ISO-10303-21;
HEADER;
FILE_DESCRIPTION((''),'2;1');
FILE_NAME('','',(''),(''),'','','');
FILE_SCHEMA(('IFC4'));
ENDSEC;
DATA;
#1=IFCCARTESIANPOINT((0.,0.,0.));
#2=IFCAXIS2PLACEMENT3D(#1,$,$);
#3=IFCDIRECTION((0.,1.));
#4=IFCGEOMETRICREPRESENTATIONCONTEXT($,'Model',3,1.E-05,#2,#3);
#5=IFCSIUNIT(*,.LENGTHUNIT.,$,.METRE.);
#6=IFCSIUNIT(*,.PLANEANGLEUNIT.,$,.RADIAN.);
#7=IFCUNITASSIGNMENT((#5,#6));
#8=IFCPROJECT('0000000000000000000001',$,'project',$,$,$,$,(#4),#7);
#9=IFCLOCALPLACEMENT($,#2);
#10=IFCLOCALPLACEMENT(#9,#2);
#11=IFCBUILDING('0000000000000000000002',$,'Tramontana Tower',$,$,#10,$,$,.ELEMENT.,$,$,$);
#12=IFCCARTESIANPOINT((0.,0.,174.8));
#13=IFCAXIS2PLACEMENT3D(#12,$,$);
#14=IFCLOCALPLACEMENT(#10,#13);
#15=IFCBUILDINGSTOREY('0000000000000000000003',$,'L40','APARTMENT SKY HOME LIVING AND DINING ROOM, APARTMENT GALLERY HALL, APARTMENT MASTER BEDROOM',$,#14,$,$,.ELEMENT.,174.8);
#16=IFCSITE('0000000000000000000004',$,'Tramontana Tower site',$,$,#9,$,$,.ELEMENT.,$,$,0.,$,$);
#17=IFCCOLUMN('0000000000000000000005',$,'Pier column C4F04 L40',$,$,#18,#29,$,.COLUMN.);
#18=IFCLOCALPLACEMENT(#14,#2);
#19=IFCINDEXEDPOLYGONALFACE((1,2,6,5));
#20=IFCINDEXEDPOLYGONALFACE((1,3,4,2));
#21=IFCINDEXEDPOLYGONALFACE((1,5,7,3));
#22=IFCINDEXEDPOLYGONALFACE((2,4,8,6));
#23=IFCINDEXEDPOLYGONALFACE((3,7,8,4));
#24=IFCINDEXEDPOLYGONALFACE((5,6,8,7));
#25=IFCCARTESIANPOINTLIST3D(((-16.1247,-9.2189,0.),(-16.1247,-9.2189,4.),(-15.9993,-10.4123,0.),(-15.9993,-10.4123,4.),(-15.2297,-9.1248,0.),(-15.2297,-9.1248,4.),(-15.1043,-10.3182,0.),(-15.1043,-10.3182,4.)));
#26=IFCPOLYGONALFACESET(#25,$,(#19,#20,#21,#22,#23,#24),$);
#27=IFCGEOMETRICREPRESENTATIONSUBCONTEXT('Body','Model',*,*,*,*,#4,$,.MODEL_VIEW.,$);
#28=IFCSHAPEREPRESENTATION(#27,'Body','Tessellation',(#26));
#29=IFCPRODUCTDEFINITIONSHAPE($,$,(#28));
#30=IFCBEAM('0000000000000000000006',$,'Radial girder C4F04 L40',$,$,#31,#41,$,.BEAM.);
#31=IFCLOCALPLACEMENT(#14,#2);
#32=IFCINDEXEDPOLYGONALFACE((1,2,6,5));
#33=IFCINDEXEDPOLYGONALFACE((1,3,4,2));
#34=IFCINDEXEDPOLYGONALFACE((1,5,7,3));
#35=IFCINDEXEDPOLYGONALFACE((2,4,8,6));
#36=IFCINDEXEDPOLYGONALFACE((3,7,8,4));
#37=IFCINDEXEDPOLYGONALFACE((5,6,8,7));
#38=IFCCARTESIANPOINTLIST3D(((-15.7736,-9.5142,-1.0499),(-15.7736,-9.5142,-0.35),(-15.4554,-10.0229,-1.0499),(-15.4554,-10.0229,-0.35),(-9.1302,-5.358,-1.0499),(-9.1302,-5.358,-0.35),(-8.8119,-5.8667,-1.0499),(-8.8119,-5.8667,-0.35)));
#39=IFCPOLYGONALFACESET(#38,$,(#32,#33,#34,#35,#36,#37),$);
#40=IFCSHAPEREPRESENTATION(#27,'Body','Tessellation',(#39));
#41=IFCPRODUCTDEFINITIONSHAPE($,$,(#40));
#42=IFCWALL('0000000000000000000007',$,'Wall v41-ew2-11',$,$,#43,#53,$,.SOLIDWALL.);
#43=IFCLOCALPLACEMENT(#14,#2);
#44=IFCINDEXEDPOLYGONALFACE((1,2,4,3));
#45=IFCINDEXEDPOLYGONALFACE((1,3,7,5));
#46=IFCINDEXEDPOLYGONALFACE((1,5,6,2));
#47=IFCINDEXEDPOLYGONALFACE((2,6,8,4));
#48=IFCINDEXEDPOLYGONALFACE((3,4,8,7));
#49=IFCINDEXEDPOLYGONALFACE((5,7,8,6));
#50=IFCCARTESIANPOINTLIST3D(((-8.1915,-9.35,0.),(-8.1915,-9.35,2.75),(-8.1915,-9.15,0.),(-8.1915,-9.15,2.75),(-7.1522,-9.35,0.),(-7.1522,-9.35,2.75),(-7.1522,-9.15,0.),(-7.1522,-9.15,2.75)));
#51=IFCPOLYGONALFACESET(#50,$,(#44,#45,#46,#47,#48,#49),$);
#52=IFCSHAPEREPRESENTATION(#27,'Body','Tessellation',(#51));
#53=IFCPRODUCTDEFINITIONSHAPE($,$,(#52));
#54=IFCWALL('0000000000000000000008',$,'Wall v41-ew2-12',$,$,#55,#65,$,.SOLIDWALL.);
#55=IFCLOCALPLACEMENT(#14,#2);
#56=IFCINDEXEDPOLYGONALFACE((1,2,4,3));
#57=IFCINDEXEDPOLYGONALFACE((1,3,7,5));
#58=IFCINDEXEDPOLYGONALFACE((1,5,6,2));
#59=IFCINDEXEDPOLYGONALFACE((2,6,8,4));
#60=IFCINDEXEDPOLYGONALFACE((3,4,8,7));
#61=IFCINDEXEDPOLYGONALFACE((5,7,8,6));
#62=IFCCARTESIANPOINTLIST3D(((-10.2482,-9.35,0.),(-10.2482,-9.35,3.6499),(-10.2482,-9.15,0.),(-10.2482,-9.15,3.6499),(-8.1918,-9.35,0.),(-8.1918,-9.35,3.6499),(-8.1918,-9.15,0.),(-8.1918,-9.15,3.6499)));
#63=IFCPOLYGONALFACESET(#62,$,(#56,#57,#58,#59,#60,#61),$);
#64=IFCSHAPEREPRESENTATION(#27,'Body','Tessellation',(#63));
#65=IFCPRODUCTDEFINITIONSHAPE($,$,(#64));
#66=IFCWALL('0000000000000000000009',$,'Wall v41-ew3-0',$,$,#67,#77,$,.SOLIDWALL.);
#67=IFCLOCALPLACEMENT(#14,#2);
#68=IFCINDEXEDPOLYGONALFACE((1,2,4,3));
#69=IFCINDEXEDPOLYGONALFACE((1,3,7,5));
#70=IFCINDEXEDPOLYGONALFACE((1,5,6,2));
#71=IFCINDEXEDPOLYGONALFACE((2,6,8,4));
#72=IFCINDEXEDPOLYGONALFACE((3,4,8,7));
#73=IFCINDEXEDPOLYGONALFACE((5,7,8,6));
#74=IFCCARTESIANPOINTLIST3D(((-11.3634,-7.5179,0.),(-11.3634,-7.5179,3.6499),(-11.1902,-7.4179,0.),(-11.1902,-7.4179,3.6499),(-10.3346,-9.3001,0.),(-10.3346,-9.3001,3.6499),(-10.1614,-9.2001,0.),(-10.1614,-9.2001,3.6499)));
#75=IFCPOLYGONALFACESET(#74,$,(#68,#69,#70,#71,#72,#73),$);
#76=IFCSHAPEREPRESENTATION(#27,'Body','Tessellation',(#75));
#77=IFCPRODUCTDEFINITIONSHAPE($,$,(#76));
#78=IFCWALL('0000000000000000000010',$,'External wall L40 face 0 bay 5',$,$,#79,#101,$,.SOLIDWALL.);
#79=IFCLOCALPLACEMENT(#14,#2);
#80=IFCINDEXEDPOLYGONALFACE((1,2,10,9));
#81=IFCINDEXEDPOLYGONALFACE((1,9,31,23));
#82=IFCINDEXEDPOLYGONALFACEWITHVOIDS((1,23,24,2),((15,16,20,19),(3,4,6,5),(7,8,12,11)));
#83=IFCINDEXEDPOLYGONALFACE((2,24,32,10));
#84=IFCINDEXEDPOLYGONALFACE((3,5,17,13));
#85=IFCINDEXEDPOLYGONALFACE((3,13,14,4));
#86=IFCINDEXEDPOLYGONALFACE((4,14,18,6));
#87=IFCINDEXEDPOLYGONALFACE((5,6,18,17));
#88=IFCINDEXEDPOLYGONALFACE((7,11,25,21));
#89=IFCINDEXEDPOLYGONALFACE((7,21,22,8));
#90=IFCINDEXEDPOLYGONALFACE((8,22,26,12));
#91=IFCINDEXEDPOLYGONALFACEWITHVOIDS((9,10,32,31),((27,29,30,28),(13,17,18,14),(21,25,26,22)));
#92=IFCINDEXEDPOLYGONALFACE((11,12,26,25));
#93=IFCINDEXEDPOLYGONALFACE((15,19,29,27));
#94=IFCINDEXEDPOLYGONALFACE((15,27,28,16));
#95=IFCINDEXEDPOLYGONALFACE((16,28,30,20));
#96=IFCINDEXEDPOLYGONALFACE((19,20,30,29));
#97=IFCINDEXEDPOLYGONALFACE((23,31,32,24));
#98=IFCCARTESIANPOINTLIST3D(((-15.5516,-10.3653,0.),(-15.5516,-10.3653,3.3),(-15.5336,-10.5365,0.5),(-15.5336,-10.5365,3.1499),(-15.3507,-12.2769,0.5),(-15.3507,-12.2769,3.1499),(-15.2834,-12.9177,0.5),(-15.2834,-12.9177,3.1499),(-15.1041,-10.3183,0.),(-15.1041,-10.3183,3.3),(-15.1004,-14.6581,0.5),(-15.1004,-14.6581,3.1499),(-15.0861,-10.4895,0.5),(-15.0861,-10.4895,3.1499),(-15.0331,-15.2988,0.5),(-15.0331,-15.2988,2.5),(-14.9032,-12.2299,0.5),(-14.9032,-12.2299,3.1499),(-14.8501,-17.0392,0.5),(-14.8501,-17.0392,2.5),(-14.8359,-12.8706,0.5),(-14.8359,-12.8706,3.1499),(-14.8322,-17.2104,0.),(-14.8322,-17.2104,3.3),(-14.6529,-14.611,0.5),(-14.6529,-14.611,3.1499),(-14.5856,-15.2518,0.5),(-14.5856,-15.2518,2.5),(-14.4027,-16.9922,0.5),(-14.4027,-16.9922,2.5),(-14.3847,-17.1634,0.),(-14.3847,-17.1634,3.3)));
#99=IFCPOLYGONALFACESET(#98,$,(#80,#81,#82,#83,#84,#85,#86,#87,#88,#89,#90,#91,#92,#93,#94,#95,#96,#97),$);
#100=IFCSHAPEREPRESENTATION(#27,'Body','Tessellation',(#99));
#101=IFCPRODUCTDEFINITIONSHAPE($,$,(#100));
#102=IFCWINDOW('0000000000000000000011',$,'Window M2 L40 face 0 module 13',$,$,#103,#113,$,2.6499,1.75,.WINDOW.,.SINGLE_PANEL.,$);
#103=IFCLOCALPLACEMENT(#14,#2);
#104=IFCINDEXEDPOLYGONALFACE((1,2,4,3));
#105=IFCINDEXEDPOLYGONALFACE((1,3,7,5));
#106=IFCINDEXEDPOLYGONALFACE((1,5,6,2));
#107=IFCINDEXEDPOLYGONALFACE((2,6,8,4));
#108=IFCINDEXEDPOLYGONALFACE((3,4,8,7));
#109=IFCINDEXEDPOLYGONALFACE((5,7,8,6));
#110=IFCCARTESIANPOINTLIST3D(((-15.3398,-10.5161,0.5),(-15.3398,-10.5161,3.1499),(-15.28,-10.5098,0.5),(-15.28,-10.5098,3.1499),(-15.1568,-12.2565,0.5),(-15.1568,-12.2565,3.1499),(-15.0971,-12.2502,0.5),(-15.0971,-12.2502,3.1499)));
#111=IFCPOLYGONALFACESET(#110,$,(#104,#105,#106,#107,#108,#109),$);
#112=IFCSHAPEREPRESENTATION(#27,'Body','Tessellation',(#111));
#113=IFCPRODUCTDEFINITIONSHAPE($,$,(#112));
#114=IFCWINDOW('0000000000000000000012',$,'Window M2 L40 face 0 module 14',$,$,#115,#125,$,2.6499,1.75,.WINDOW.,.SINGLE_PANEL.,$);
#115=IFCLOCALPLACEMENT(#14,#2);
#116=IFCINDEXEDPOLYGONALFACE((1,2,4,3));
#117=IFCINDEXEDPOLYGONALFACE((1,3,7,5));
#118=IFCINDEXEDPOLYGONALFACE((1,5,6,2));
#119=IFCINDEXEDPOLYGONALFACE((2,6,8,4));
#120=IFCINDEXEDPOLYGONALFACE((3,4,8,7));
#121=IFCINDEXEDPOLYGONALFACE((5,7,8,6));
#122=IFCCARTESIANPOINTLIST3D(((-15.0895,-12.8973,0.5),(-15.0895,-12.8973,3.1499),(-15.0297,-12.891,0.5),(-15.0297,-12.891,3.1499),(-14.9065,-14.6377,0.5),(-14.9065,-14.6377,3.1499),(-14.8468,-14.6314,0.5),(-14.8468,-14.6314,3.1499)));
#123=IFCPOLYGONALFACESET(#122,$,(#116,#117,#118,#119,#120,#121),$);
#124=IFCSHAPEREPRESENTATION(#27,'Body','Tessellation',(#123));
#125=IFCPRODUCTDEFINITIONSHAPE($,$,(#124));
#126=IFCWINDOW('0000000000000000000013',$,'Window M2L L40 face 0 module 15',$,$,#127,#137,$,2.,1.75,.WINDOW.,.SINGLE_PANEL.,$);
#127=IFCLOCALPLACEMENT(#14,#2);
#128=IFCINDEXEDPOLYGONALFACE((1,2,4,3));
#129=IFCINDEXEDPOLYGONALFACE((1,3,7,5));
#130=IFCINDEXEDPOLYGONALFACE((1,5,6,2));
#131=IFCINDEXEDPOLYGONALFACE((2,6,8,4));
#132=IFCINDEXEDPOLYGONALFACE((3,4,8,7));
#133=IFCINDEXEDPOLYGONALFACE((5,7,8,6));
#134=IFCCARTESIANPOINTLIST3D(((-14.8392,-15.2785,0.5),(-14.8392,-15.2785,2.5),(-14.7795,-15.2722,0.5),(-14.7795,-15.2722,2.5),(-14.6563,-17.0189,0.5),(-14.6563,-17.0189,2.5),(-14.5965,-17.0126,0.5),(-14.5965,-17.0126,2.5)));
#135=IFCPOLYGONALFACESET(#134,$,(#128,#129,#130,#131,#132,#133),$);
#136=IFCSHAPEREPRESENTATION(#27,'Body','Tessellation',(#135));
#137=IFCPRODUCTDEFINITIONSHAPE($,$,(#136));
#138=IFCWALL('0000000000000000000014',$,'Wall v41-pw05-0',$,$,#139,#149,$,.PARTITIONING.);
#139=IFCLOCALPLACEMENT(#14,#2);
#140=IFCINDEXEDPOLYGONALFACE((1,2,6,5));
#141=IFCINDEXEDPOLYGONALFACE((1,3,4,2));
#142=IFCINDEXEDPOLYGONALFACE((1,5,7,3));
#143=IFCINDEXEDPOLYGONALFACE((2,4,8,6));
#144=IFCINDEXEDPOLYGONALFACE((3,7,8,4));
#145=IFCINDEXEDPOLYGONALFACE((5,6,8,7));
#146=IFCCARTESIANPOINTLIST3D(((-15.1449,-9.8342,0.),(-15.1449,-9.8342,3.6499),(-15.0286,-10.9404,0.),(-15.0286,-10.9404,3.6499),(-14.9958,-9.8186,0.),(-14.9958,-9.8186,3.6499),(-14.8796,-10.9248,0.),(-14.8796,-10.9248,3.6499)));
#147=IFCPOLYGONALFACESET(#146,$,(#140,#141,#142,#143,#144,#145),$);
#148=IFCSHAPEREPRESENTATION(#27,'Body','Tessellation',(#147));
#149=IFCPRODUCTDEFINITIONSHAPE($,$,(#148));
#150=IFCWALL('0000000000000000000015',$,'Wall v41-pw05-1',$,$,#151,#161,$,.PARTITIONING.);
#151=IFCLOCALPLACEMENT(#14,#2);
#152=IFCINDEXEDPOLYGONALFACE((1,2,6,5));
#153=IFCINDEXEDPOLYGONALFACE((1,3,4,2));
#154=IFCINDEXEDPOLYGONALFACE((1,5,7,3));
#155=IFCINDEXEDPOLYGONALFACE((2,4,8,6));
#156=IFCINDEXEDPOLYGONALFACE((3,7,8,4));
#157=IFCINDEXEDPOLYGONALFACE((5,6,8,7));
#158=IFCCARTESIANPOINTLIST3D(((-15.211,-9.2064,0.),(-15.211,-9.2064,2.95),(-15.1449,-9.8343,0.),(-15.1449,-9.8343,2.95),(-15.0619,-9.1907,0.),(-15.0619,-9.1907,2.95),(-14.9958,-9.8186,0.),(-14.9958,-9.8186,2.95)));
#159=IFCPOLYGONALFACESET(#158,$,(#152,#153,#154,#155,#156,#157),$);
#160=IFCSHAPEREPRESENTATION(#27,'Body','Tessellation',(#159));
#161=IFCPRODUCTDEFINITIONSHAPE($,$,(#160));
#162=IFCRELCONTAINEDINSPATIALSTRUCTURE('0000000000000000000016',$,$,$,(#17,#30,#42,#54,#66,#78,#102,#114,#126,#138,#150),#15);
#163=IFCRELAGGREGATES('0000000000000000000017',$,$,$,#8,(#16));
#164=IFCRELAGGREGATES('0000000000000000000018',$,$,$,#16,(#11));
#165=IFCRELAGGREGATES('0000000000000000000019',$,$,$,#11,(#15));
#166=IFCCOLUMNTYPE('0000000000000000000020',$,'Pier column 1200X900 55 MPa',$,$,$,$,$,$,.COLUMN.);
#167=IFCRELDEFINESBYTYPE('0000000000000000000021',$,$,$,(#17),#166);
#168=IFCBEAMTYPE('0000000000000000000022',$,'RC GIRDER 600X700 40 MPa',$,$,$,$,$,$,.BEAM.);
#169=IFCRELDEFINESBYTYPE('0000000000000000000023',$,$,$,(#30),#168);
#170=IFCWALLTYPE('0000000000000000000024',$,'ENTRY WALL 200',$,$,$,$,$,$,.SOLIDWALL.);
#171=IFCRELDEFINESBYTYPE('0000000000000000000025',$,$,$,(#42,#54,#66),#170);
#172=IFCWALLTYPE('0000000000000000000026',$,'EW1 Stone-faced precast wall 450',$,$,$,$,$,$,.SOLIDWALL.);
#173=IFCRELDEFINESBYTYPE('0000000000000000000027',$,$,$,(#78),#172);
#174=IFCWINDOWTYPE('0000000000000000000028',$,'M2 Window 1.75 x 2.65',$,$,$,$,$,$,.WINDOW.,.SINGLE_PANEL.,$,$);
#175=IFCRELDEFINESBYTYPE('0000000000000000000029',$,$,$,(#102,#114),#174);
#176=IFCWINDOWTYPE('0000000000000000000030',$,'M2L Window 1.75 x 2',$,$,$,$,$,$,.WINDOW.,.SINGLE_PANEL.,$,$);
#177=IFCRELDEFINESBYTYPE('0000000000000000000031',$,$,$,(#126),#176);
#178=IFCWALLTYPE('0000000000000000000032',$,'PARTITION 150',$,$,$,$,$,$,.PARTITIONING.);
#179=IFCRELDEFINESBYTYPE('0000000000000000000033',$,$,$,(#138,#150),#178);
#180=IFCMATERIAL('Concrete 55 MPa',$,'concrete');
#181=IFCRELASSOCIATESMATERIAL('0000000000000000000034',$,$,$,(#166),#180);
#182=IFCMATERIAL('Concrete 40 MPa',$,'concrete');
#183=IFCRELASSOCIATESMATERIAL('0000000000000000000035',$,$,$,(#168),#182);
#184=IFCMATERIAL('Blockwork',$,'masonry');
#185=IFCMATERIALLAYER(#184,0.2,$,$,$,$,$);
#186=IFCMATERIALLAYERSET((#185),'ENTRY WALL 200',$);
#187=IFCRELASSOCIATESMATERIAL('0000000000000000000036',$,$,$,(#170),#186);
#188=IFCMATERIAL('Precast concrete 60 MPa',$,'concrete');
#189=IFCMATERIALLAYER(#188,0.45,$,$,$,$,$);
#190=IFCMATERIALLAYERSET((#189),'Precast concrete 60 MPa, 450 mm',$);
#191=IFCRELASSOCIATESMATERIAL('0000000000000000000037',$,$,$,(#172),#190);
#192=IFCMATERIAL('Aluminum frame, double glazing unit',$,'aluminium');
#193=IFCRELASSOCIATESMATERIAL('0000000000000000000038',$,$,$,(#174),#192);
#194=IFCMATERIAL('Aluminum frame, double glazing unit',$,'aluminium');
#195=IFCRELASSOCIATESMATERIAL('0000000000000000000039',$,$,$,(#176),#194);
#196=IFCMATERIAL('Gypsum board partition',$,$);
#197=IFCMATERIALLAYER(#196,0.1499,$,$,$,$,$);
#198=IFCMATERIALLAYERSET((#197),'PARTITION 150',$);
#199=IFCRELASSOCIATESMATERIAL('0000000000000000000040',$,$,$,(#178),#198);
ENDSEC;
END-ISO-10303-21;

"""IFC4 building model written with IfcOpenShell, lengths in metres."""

from ifc_helpers import new_model, si_unit, direction, frame, frame_2d, origin, origin_2d, place, context, subcontext, project, spatial, rectangle, extrude, material, layer, layer_set, material_profile, profile_set, type_object, element, fill, save


model = new_model("IFC4")

# Units and contexts
model_context = context("Model", 3, precision=1e-05, world=origin(), true_north=direction((0.0, 1.0)))
body_context = subcontext(model_context, "Body", "Model", "MODEL_VIEW")
ifc_project = project(units=[si_unit("LENGTHUNIT", "METRE"), si_unit("PLANEANGLEUNIT", "RADIAN")], contexts=[model_context])

# Site, building, storey
site_placement = place(None, origin())
site = spatial("IfcSite", under=ifc_project, at=site_placement, Name="Tramontana Tower site", CompositionType="ELEMENT", RefElevation=0.0)
building_placement = place(site_placement, origin())
building = spatial("IfcBuilding", under=site, at=building_placement, Name="Tramontana Tower", CompositionType="ELEMENT")
storey_placement = place(building_placement, frame((0.0, 0.0, 174.8)))
storey = spatial("IfcBuildingStorey", under=building, at=storey_placement, Name="L40", Description="APARTMENT SKY HOME LIVING AND DINING ROOM, APARTMENT GALLERY HALL, APARTMENT MASTER BEDROOM", CompositionType="ELEMENT", Elevation=174.8)

# Column
ifc_material_1 = material(Name="Concrete 55 MPa", Category="concrete")
ifc_material_profile_1 = material_profile(ifc_material_1, rectangle(XDim=1.2, YDim=0.8999, at=origin_2d()), Name="Pier column 1200X900 55 MPa")
ifc_profile_set_1 = profile_set([ifc_material_profile_1], Name="Concrete 55 MPa")
column_type = type_object("IfcColumnType", Name="Pier column 1200X900 55 MPa", PredefinedType="COLUMN", material=ifc_profile_set_1)
column_placement = place(storey_placement, frame((-15.6145, -9.7686, 0.0), z_axis=(0.0, 0.0, 1.0), x_axis=(0.104528, -0.994522, 0.0)))
element("IfcColumn", 1, at=column_placement, inside=storey, type_object=column_type, Name="Pier column C4F04 L40", PredefinedType="COLUMN", context=body_context, shape_type="SweptSolid", body=[
    extrude(rectangle(XDim=1.2, YDim=0.8999, at=origin_2d()), origin(), (0.0, 0.0, 1.0), 4.0),
])

# Beam
ifc_material_2 = material(Name="Concrete 40 MPa", Category="concrete")
ifc_material_profile_2 = material_profile(ifc_material_2, rectangle(XDim=0.6001, YDim=0.7, at=origin_2d()), Name="RC GIRDER 600X700 40 MPa")
ifc_profile_set_2 = profile_set([ifc_material_profile_2], Name="Concrete 40 MPa")
beam_type = type_object("IfcBeamType", Name="RC GIRDER 600X700 40 MPa", PredefinedType="BEAM", material=ifc_profile_set_2)
beam_placement = place(storey_placement, frame((-15.6145, -9.7686, -0.7), z_axis=(0.847767, 0.530369, 0.0), x_axis=(-0.530369, 0.847767, 0.0)))
element("IfcBeam", 2, at=beam_placement, inside=storey, type_object=beam_type, Name="Radial girder C4F04 L40", PredefinedType="BEAM", context=body_context, shape_type="SweptSolid", body=[
    extrude(rectangle(XDim=0.6001, YDim=0.7, at=origin_2d()), origin(), (0.0, 0.0, 1.0), 7.8364),
])

# Walls
ifc_material_3 = material(Name="Blockwork", Category="masonry")
ifc_layer_1 = layer(ifc_material_3, 0.2)
ifc_layer_set_1 = layer_set([ifc_layer_1], Name="ENTRY WALL 200")
wall_type_1 = type_object("IfcWallType", Name="ENTRY WALL 200", PredefinedType="SOLIDWALL", material=ifc_layer_set_1)
wall_1_placement = place(storey_placement, frame((-7.1523, -9.25, 0.0), z_axis=(0.0, 0.0, 1.0), x_axis=(-1.0, 0.0, 0.0)))
element("IfcWall", 3, at=wall_1_placement, inside=storey, type_object=wall_type_1, Name="Wall v41-ew2-11", PredefinedType="SOLIDWALL", context=body_context, shape_type="SweptSolid", body=[
    extrude(rectangle(XDim=1.0393, YDim=0.2, at=frame_2d((0.5195, 0.0))), origin(), (0.0, 0.0, 1.0), 2.75),
])
wall_2_placement = place(storey_placement, frame((-8.1917, -9.25, 0.0), z_axis=(0.0, 0.0, 1.0), x_axis=(-1.0, 0.0, 0.0)))
element("IfcWall", 4, at=wall_2_placement, inside=storey, type_object=wall_type_1, Name="Wall v41-ew2-12", PredefinedType="SOLIDWALL", context=body_context, shape_type="SweptSolid", body=[
    extrude(rectangle(XDim=2.0564, YDim=0.2, at=frame_2d((1.0283, 0.0))), origin(), (0.0, 0.0, 1.0), 3.6499),
])
wall_3_placement = place(storey_placement, frame((-10.248, -9.25, 0.0), z_axis=(0.0, 0.0, 1.0), x_axis=(-0.499942, 0.866059, 0.0)))
element("IfcWall", 5, at=wall_3_placement, inside=storey, type_object=wall_type_1, Name="Wall v41-ew3-0", PredefinedType="SOLIDWALL", context=body_context, shape_type="SweptSolid", body=[
    extrude(rectangle(XDim=2.0579, YDim=0.2, at=frame_2d((1.0288, 0.0))), origin(), (0.0, 0.0, 1.0), 3.6499),
])

# Wall, openings, windows
ifc_material_4 = material(Name="Precast concrete 60 MPa", Category="concrete")
ifc_layer_2 = layer(ifc_material_4, 0.45)
ifc_layer_set_2 = layer_set([ifc_layer_2], Name="Precast concrete 60 MPa, 450 mm")
wall_type_2 = type_object("IfcWallType", Name="EW1 Stone-faced precast wall 450", PredefinedType="SOLIDWALL", material=ifc_layer_set_2)
wall_4_placement = place(storey_placement, frame((-15.3279, -10.3418, 0.0), z_axis=(0.0, 0.0, 1.0), x_axis=(0.104532, -0.994522, 0.0)))
wall_4 = element("IfcWall", 6, at=wall_4_placement, inside=storey, type_object=wall_type_2, Name="External wall L40 face 0 bay 5", PredefinedType="SOLIDWALL", context=body_context, shape_type="SweptSolid", body=[
    extrude(rectangle(XDim=6.8828, YDim=0.45, at=frame_2d((3.4414, 0.0))), origin(), (0.0, 0.0, 1.0), 3.3),
])
opening_1_placement = place(wall_4_placement, frame((0.1721, 0.0, 0.5)))
opening_1 = element("IfcOpeningElement", 7, at=opening_1_placement, cuts=wall_4, PredefinedType="OPENING", context=body_context, shape_type="SweptSolid", body=[
    extrude(rectangle(XDim=1.75, YDim=2.6499, at=frame_2d((0.875, 1.325))), frame((0.0, 0.2349, 0.0), z_axis=(0.0, -1.0, 0.0), x_axis=(1.0, 0.0, 0.0)), (0.0, 0.0, 1.0), 0.47),
])
opening_2_placement = place(wall_4_placement, frame((2.5664, 0.0, 0.5)))
opening_2 = element("IfcOpeningElement", 8, at=opening_2_placement, cuts=wall_4, PredefinedType="OPENING", context=body_context, shape_type="SweptSolid", body=[
    extrude(rectangle(XDim=1.75, YDim=2.6499, at=frame_2d((0.875, 1.325))), frame((0.0, 0.2349, 0.0), z_axis=(0.0, -1.0, 0.0), x_axis=(1.0, 0.0, 0.0)), (0.0, 0.0, 1.0), 0.47),
])
opening_3_placement = place(wall_4_placement, frame((4.9607, 0.0, 0.5)))
opening_3 = element("IfcOpeningElement", 9, at=opening_3_placement, cuts=wall_4, PredefinedType="OPENING", context=body_context, shape_type="SweptSolid", body=[
    extrude(rectangle(XDim=1.75, YDim=2.0, at=frame_2d((0.875, 1.0))), frame((0.0, 0.2349, 0.0), z_axis=(0.0, -1.0, 0.0), x_axis=(1.0, 0.0, 0.0)), (0.0, 0.0, 1.0), 0.47),
])
ifc_material_5 = material(Name="Aluminum frame, double glazing unit", Category="aluminium")
window_type_1 = type_object("IfcWindowType", Name="M2 Window 1.75 x 2.65", PartitioningType="SINGLE_PANEL", PredefinedType="WINDOW", material=ifc_material_5)
window_1_placement = place(opening_1_placement, origin())
window_1 = element("IfcWindow", 10, at=window_1_placement, inside=storey, type_object=window_type_1, Name="Window M2 L40 face 0 module 13", OverallHeight=2.6499, OverallWidth=1.75, PartitioningType="SINGLE_PANEL", PredefinedType="WINDOW", context=body_context, shape_type="SweptSolid", body=[
    extrude(rectangle(XDim=1.75, YDim=2.6499, at=frame_2d((0.875, 1.325))), frame((0.0, 0.03, 0.0), z_axis=(0.0, -1.0, 0.0), x_axis=(1.0, 0.0, 0.0)), (0.0, 0.0, 1.0), 0.0601),
])
fill(opening_1, window_1)
window_2_placement = place(opening_2_placement, origin())
window_2 = element("IfcWindow", 11, at=window_2_placement, inside=storey, type_object=window_type_1, Name="Window M2 L40 face 0 module 14", OverallHeight=2.6499, OverallWidth=1.75, PartitioningType="SINGLE_PANEL", PredefinedType="WINDOW", context=body_context, shape_type="SweptSolid", body=[
    extrude(rectangle(XDim=1.75, YDim=2.6499, at=frame_2d((0.875, 1.325))), frame((0.0, 0.03, 0.0), z_axis=(0.0, -1.0, 0.0), x_axis=(1.0, 0.0, 0.0)), (0.0, 0.0, 1.0), 0.0601),
])
fill(opening_2, window_2)
ifc_material_6 = material(Name="Aluminum frame, double glazing unit", Category="aluminium")
window_type_2 = type_object("IfcWindowType", Name="M2L Window 1.75 x 2", PartitioningType="SINGLE_PANEL", PredefinedType="WINDOW", material=ifc_material_6)
window_3_placement = place(opening_3_placement, origin())
window_3 = element("IfcWindow", 12, at=window_3_placement, inside=storey, type_object=window_type_2, Name="Window M2L L40 face 0 module 15", OverallHeight=2.0, OverallWidth=1.75, PartitioningType="SINGLE_PANEL", PredefinedType="WINDOW", context=body_context, shape_type="SweptSolid", body=[
    extrude(rectangle(XDim=1.75, YDim=2.0, at=frame_2d((0.875, 1.0))), frame((0.0, 0.03, 0.0), z_axis=(0.0, -1.0, 0.0), x_axis=(1.0, 0.0, 0.0)), (0.0, 0.0, 1.0), 0.0601),
])
fill(opening_3, window_3)

# Walls
ifc_material_7 = material(Name="Gypsum board partition")
ifc_layer_3 = layer(ifc_material_7, 0.1499)
ifc_layer_set_3 = layer_set([ifc_layer_3], Name="PARTITION 150")
wall_type_3 = type_object("IfcWallType", Name="PARTITION 150", PredefinedType="PARTITIONING", material=ifc_layer_set_3)
wall_5_placement = place(storey_placement, frame((-14.9541, -10.9326, 0.0), z_axis=(0.0, 0.0, 1.0), x_axis=(-0.104479, 0.994527, 0.0)))
element("IfcWall", 13, at=wall_5_placement, inside=storey, type_object=wall_type_3, Name="Wall v41-pw05-0", PredefinedType="PARTITIONING", context=body_context, shape_type="SweptSolid", body=[
    extrude(rectangle(XDim=1.1123, YDim=0.1499, at=frame_2d((0.5562, 0.0))), origin(), (0.0, 0.0, 1.0), 3.6499),
])
wall_6_placement = place(storey_placement, frame((-15.0703, -9.8264, 0.0), z_axis=(0.0, 0.0, 1.0), x_axis=(-0.104785, 0.994495, 0.0)))
element("IfcWall", 14, at=wall_6_placement, inside=storey, type_object=wall_type_3, Name="Wall v41-pw05-1", PredefinedType="PARTITIONING", context=body_context, shape_type="SweptSolid", body=[
    extrude(rectangle(XDim=0.6313, YDim=0.1499, at=frame_2d((0.3157, 0.0))), origin(), (0.0, 0.0, 1.0), 2.95),
])

save(model, "model.ifc")
